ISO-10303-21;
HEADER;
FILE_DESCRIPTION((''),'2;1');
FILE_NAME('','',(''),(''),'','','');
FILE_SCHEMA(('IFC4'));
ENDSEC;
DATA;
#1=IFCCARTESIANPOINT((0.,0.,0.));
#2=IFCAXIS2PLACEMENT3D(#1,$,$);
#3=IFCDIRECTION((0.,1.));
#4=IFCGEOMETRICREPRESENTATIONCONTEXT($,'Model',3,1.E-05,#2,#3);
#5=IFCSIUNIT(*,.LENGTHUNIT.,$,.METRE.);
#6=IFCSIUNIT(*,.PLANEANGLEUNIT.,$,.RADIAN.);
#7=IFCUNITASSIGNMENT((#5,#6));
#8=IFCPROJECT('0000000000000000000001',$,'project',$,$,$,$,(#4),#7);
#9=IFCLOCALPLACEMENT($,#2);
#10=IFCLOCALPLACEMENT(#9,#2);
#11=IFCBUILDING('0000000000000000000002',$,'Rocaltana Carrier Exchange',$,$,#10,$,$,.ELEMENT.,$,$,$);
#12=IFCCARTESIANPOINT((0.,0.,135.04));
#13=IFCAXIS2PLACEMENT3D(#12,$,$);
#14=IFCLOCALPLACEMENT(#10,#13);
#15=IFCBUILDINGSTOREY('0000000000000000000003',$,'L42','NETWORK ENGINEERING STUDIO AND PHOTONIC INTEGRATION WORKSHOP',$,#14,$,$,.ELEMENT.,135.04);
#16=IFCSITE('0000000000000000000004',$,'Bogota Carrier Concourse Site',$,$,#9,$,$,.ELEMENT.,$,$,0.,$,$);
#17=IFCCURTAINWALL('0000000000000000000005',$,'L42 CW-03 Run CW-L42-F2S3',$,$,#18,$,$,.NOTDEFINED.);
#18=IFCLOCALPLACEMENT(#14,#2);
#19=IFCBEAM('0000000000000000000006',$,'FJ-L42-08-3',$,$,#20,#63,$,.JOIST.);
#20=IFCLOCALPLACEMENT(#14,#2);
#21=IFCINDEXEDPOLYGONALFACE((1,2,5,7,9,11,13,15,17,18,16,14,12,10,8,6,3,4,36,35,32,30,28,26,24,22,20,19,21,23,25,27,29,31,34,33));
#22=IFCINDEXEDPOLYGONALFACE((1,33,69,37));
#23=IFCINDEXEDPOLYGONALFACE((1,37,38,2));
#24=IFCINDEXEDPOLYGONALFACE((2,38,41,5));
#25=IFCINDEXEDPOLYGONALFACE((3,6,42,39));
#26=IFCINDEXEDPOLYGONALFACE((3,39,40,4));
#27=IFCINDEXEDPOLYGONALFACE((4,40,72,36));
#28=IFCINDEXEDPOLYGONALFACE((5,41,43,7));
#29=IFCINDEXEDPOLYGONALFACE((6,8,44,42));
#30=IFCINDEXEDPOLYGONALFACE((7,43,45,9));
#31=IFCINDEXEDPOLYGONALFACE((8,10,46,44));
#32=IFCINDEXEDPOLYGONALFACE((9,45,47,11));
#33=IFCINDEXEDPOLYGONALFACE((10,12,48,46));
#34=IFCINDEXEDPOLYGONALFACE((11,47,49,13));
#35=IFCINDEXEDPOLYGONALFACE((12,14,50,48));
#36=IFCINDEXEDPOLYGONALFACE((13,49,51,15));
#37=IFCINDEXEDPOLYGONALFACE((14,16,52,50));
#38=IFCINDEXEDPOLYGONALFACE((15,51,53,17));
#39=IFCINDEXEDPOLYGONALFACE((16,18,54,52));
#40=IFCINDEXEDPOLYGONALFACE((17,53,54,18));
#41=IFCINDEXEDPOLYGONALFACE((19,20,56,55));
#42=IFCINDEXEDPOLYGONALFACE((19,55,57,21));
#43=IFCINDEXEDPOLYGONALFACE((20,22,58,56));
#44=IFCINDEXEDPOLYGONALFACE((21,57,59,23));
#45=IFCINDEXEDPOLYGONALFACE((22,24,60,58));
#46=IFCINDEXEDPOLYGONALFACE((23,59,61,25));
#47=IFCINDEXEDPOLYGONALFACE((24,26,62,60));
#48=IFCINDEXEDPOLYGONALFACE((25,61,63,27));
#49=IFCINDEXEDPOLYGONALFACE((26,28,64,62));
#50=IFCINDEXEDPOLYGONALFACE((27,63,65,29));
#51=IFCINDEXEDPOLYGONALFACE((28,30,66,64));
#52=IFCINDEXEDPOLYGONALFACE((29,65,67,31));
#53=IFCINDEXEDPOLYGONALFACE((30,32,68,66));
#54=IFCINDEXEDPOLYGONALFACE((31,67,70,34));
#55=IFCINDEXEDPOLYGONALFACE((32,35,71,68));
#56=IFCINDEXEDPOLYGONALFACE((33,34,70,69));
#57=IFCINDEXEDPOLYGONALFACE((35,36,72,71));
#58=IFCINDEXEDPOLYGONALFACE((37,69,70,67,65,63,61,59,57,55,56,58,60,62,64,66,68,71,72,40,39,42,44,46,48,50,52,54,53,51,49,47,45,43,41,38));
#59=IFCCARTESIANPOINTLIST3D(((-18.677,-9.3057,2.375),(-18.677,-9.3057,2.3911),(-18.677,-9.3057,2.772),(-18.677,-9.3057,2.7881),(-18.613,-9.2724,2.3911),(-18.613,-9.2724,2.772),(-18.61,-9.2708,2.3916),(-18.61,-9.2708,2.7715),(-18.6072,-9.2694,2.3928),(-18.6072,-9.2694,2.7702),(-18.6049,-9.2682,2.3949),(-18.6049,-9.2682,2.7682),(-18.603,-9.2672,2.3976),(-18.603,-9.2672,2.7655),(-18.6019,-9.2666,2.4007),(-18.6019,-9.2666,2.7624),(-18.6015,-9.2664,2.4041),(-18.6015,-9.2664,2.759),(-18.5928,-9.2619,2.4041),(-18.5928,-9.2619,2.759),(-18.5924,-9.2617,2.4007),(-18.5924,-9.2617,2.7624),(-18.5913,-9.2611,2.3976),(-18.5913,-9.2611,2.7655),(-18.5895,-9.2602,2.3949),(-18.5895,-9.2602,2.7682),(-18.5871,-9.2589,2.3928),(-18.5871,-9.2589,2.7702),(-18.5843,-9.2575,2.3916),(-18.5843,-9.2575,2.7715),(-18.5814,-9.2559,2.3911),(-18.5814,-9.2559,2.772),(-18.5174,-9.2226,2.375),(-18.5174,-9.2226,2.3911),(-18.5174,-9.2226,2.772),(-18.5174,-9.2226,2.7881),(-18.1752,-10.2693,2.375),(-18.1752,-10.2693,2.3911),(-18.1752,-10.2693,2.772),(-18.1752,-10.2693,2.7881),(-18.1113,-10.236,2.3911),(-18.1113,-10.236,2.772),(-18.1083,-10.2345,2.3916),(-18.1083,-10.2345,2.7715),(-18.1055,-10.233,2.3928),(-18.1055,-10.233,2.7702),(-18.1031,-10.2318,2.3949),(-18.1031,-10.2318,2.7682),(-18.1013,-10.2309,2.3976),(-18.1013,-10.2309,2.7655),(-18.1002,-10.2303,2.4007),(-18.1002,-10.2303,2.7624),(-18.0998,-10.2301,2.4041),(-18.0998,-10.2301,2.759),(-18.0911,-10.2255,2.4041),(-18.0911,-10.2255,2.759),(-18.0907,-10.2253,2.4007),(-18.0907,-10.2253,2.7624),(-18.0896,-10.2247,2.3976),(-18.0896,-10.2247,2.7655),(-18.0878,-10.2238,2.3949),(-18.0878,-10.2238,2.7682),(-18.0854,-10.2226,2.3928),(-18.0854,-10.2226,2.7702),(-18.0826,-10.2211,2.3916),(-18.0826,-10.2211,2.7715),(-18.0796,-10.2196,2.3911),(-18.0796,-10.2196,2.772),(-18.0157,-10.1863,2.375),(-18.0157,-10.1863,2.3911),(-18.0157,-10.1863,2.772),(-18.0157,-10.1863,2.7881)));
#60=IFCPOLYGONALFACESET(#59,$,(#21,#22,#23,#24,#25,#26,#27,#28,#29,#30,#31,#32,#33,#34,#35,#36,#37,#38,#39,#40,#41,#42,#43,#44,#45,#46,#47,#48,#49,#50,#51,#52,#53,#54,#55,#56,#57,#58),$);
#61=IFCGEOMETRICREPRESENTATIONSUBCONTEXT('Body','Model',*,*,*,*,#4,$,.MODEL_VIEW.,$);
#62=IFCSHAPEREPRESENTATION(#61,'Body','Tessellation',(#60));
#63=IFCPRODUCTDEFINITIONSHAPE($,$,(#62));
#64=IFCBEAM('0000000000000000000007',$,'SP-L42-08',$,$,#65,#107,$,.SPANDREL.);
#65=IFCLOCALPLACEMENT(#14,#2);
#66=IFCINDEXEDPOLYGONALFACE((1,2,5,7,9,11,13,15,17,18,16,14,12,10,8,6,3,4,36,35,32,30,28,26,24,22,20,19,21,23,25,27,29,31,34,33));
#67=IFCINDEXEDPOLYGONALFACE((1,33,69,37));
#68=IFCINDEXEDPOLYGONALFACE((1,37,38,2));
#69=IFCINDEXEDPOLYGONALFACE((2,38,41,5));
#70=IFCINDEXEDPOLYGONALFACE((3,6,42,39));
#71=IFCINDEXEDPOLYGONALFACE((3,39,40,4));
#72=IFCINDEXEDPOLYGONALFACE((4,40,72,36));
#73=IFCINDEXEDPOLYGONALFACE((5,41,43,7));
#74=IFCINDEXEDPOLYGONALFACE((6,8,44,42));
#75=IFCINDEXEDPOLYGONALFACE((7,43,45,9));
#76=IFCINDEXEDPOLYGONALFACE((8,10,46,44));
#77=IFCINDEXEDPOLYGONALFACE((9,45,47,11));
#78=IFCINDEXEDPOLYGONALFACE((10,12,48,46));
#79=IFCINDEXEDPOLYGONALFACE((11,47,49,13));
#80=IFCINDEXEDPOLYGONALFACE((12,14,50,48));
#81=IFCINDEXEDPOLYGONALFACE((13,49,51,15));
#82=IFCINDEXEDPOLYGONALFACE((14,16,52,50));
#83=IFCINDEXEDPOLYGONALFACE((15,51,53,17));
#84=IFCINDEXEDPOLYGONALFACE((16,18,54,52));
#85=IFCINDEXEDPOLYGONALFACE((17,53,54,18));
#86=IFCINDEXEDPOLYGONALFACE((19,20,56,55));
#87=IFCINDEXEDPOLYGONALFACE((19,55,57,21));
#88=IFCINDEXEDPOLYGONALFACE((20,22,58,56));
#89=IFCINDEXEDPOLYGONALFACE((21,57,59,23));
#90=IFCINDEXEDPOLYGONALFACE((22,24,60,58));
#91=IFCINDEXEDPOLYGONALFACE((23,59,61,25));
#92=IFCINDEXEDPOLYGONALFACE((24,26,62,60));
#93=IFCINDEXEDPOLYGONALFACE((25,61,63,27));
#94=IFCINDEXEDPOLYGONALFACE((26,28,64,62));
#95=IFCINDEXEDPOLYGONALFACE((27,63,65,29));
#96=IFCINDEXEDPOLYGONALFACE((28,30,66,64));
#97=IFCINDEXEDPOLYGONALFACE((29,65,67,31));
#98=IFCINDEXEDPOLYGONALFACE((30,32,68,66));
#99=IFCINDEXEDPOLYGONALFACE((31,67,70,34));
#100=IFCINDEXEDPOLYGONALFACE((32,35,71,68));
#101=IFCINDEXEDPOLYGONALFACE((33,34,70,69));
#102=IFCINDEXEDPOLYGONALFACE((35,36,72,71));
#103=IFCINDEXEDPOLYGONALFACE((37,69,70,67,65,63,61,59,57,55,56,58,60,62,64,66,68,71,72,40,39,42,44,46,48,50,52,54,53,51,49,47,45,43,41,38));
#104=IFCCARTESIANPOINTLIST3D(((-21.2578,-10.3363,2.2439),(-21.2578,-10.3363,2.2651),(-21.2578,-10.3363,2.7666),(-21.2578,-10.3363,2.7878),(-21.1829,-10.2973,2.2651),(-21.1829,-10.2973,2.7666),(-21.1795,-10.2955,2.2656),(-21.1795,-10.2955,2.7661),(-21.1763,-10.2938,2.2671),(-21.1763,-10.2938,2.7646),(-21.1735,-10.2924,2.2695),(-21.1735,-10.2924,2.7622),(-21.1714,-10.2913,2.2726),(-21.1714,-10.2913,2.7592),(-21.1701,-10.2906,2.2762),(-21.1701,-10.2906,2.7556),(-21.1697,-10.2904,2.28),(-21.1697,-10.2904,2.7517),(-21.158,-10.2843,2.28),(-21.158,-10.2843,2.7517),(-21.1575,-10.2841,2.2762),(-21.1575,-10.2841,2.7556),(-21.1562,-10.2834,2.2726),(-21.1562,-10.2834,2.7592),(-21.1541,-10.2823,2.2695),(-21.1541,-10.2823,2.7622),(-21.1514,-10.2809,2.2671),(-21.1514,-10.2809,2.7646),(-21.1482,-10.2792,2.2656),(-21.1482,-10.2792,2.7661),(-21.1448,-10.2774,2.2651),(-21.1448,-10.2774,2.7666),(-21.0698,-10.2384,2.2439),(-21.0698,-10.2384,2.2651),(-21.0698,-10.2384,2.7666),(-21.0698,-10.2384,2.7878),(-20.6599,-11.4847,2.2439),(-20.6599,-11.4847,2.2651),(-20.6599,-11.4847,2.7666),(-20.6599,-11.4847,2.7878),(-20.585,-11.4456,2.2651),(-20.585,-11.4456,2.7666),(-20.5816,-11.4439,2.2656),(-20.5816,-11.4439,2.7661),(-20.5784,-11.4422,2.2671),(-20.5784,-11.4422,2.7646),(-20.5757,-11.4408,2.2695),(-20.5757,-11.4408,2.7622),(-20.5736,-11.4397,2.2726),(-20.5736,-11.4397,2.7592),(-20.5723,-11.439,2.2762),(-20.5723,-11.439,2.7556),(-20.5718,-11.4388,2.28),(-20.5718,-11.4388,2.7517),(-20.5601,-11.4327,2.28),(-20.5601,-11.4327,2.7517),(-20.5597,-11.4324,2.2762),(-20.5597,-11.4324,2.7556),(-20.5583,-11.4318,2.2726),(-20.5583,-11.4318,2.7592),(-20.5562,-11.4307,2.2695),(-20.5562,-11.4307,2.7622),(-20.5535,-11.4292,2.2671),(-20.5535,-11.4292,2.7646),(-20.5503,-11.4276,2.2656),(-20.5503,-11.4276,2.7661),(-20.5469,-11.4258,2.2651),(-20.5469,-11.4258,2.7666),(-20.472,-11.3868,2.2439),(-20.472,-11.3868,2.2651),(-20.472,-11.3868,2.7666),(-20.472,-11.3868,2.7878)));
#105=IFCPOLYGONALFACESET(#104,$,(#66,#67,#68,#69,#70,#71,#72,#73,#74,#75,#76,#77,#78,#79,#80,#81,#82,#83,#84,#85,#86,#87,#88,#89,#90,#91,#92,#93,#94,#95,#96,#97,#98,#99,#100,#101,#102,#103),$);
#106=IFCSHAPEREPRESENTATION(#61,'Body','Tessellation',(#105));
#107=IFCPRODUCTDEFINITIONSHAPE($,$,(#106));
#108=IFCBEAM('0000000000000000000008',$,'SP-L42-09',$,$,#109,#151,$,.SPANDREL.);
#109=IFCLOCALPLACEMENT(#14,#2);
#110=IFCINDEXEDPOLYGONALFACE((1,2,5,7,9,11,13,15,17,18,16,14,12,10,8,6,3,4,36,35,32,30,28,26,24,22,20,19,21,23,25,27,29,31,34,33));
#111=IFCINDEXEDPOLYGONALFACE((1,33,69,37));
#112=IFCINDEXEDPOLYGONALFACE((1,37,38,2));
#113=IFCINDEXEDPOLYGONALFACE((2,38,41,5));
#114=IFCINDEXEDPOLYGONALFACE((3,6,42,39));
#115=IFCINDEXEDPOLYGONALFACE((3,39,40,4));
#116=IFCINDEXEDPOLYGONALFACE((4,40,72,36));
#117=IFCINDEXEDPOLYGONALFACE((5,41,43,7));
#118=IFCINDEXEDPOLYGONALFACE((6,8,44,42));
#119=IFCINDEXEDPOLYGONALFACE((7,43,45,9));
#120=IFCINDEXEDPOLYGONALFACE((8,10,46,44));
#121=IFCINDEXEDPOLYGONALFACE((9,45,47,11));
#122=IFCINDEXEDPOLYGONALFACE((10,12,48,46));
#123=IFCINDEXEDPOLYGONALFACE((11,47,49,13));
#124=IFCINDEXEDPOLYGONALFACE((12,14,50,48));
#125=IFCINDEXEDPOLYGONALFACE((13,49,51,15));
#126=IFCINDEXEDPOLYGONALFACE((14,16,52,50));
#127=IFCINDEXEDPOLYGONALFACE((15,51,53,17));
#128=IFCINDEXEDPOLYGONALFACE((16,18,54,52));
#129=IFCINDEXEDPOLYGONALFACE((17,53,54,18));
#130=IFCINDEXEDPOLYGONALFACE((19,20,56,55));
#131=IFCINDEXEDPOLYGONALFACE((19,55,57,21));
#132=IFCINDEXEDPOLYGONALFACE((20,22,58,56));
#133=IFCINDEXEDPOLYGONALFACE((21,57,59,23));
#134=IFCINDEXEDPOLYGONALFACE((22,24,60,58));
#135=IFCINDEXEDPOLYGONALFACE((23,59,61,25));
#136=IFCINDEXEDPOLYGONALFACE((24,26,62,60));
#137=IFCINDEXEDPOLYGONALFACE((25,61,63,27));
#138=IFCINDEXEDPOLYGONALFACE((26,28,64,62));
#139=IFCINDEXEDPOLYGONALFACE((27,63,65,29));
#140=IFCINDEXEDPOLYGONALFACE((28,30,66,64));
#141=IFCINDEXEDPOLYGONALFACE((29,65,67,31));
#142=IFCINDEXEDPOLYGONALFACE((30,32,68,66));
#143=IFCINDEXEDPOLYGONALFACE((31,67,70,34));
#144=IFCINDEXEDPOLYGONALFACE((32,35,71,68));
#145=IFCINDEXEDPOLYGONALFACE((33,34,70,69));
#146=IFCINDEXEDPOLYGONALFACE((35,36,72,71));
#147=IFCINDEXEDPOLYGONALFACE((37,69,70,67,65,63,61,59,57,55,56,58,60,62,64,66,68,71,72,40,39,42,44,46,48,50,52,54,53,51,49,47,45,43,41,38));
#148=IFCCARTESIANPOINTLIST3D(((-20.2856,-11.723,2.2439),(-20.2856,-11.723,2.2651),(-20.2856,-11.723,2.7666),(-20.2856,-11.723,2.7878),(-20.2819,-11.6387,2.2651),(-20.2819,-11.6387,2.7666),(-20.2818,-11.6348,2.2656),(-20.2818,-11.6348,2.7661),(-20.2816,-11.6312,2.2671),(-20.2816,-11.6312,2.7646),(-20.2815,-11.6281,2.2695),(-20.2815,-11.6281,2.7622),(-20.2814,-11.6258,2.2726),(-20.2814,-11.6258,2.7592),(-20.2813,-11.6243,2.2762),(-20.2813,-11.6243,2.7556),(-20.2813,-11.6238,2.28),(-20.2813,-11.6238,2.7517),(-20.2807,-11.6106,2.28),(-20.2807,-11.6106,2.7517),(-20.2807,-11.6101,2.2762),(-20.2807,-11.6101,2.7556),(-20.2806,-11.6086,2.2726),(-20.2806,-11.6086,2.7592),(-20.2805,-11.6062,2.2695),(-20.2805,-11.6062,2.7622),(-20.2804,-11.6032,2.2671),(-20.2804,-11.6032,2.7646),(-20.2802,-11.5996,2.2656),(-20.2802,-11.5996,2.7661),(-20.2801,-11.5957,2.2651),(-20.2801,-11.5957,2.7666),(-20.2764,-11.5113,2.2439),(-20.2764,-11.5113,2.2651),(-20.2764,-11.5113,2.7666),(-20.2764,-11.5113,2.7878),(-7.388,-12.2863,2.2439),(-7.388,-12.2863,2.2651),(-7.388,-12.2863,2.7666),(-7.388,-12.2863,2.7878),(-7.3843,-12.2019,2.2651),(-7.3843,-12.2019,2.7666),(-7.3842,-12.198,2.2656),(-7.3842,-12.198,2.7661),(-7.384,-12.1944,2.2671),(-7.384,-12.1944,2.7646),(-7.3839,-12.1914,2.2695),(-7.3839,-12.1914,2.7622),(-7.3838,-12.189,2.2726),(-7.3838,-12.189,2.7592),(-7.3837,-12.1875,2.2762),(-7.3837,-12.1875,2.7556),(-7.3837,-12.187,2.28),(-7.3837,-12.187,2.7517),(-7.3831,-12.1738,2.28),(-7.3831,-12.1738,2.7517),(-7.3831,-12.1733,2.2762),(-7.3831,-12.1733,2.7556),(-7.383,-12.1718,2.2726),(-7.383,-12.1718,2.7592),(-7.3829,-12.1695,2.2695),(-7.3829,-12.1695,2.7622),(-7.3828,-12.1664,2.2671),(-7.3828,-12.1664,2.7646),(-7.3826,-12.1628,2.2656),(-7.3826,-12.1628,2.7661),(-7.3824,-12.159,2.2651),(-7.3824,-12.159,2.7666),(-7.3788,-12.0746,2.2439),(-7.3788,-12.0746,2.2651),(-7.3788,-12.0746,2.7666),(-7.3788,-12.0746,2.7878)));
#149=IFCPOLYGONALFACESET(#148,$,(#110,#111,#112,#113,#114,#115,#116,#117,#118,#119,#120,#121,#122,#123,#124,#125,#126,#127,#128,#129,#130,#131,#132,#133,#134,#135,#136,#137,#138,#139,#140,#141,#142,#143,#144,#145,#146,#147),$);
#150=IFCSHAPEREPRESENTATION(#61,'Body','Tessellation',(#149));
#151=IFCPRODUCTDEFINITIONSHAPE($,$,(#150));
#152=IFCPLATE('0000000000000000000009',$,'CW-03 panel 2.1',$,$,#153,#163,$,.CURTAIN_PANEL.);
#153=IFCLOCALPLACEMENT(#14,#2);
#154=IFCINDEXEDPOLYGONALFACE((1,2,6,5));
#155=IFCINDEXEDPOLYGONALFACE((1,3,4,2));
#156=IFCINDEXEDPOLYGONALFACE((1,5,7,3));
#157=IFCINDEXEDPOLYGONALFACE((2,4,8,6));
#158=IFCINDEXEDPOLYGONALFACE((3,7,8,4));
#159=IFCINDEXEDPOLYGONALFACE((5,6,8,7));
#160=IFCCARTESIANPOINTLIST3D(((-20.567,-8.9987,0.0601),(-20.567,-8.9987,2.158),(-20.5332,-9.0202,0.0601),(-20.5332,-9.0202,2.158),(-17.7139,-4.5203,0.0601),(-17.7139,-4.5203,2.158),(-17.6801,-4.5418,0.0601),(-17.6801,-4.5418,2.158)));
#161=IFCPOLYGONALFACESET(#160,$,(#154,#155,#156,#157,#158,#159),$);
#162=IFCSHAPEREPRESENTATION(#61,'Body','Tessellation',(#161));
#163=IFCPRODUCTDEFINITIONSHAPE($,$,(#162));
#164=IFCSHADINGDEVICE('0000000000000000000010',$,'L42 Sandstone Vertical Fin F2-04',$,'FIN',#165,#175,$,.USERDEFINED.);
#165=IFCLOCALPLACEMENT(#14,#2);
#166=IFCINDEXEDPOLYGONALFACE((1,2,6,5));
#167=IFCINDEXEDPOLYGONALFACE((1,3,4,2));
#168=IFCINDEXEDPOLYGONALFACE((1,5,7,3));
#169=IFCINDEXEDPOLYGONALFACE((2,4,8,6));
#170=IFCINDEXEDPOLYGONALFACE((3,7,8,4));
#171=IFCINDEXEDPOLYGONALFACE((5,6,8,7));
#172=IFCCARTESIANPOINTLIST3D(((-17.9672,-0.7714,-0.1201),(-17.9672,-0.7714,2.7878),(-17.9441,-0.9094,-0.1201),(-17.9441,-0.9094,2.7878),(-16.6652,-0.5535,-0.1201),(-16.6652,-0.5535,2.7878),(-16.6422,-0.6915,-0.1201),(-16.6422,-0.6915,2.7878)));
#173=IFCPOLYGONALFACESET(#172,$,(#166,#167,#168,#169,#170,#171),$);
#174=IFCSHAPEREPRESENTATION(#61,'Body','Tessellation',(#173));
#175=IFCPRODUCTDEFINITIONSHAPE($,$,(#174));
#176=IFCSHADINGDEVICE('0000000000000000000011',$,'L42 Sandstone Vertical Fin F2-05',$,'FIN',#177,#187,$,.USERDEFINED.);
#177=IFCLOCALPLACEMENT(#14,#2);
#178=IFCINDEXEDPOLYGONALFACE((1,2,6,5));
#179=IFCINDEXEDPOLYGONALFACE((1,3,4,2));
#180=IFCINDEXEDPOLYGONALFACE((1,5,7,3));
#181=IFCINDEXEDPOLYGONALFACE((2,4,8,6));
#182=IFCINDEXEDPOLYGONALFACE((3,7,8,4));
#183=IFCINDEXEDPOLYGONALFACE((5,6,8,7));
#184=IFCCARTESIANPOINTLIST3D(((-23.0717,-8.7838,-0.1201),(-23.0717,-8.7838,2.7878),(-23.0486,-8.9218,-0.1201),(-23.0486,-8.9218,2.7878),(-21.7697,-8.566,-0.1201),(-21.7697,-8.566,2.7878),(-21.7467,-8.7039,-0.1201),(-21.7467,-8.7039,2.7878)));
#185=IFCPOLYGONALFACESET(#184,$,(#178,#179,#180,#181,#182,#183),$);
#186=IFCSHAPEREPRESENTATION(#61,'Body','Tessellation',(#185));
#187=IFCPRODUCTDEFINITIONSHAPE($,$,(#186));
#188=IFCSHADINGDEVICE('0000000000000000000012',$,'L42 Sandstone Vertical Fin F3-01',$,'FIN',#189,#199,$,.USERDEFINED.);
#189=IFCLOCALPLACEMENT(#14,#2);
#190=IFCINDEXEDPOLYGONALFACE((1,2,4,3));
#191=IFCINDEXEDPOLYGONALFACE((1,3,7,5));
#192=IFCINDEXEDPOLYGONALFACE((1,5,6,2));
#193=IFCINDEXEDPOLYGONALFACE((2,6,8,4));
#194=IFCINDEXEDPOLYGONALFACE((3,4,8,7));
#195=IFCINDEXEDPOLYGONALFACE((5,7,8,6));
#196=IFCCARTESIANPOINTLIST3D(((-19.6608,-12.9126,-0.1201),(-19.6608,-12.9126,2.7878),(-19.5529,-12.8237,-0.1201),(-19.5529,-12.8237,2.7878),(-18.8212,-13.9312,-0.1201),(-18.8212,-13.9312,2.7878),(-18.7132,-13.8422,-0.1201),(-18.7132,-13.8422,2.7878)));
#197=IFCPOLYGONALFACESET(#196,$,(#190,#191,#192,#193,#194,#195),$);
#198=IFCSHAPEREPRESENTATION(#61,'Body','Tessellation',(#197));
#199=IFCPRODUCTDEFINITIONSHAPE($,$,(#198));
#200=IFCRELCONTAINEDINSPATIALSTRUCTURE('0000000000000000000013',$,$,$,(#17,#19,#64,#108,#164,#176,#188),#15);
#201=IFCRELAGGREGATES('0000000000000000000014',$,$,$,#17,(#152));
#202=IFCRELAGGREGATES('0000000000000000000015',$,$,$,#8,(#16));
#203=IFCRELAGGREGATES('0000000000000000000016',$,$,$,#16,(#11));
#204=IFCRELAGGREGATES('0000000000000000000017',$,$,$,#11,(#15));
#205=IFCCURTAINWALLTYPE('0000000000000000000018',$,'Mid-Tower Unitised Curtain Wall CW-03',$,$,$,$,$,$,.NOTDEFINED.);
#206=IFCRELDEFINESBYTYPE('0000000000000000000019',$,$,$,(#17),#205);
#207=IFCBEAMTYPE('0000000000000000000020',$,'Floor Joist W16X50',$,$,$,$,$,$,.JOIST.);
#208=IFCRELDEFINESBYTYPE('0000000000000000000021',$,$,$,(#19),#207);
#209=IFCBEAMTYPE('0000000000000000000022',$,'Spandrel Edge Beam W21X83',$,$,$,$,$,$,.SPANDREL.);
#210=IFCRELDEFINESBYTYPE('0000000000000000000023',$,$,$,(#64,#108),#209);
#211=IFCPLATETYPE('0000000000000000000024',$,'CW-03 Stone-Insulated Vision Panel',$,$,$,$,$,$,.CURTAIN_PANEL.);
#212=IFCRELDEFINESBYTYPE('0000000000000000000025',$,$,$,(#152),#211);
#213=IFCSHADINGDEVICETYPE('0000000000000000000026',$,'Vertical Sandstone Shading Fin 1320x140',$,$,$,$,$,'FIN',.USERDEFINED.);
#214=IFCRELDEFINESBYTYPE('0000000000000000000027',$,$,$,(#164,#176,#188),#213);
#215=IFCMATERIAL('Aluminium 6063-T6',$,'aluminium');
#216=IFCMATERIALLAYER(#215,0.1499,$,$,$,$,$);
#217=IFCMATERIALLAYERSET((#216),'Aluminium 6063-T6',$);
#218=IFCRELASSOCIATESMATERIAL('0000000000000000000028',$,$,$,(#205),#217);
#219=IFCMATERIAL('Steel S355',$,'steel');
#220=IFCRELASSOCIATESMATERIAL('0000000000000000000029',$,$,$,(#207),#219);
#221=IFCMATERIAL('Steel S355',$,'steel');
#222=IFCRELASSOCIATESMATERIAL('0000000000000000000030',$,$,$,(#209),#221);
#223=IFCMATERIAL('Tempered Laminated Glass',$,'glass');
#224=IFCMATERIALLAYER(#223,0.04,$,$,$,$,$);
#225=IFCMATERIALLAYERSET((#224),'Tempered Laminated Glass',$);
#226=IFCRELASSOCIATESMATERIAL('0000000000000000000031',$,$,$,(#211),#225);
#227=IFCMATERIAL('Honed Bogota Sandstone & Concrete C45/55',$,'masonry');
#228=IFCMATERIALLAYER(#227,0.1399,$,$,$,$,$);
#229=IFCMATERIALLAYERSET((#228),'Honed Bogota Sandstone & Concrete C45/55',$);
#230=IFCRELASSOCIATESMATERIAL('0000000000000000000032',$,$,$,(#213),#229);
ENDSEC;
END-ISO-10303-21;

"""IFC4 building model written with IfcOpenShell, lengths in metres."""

from ifc_helpers import new_model, si_unit, direction, frame, origin, origin_2d, place, context, subcontext, project, spatial, rectangle, i_section, extrude, material, layer, layer_set, material_profile, profile_set, type_object, element, aggregate, save


model = new_model("IFC4")

# Units and contexts
model_context = context("Model", 3, precision=1e-05, world=origin(), true_north=direction((0.0, 1.0)))
body_context = subcontext(model_context, "Body", "Model", "MODEL_VIEW")
ifc_project = project(units=[si_unit("LENGTHUNIT", "METRE"), si_unit("PLANEANGLEUNIT", "RADIAN")], contexts=[model_context])

# Site, building, storey
site_placement = place(None, origin())
site = spatial("IfcSite", under=ifc_project, at=site_placement, Name="Bogota Carrier Concourse Site", CompositionType="ELEMENT", RefElevation=0.0)
building_placement = place(site_placement, origin())
building = spatial("IfcBuilding", under=site, at=building_placement, Name="Rocaltana Carrier Exchange", CompositionType="ELEMENT")
storey_placement = place(building_placement, frame((0.0, 0.0, 135.04)))
storey = spatial("IfcBuildingStorey", under=building, at=storey_placement, Name="L42", Description="NETWORK ENGINEERING STUDIO AND PHOTONIC INTEGRATION WORKSHOP", CompositionType="ELEMENT", Elevation=135.04)

# Curtain wall
ifc_material_1 = material(Name="Aluminium 6063-T6", Category="aluminium")
ifc_layer_1 = layer(ifc_material_1, 0.1499)
ifc_layer_set_1 = layer_set([ifc_layer_1], Name="Aluminium 6063-T6")
curtain_wall_type = type_object("IfcCurtainWallType", Name="Mid-Tower Unitised Curtain Wall CW-03", PredefinedType="NOTDEFINED", material=ifc_layer_set_1)
curtain_wall_1_placement = place(storey_placement, origin())
curtain_wall_1 = element("IfcCurtainWall", 1, at=curtain_wall_1_placement, inside=storey, type_object=curtain_wall_type, Name="L42 CW-03 Run CW-L42-F2S3", PredefinedType="NOTDEFINED")

# Beams
ifc_material_2 = material(Name="Steel S355", Category="steel")
ifc_material_profile_1 = material_profile(ifc_material_2, i_section(OverallWidth=0.1799, OverallDepth=0.4131, WebThickness=0.0098, FlangeThickness=0.0161, FilletRadius=0.0129, at=origin_2d()), Name="W16X50")
ifc_profile_set_1 = profile_set([ifc_material_profile_1], Name="Steel S355")
beam_type_1 = type_object("IfcBeamType", Name="Floor Joist W16X50", PredefinedType="JOIST", material=ifc_profile_set_1)
beam_1_placement = place(storey_placement, frame((-18.5972, -9.2642, 2.5815), z_axis=(0.461806, -0.886981, 0.0), x_axis=(0.886981, 0.461806, 0.0)))
element("IfcBeam", 2, at=beam_1_placement, inside=storey, type_object=beam_type_1, Name="FJ-L42-08-3", PredefinedType="JOIST", context=body_context, shape_type="SweptSolid", body=[
    extrude(i_section(OverallWidth=0.1799, OverallDepth=0.4131, WebThickness=0.0098, FlangeThickness=0.0161, FilletRadius=0.0129, at=origin_2d()), origin(), (0.0, 0.0, 1.0), 1.0864),
])
ifc_material_3 = material(Name="Steel S355", Category="steel")
ifc_material_profile_2 = material_profile(ifc_material_3, i_section(OverallWidth=0.2119, OverallDepth=0.5439, WebThickness=0.0132, FlangeThickness=0.0212, FilletRadius=0.0149, at=origin_2d()), Name="W21X83")
ifc_profile_set_2 = profile_set([ifc_material_profile_2], Name="Steel S355")
beam_type_2 = type_object("IfcBeamType", Name="Spandrel Edge Beam W21X83", PredefinedType="SPANDREL", material=ifc_profile_set_2)
beam_2_placement = place(storey_placement, frame((-21.1638, -10.2874, 2.5159), z_axis=(0.461786, -0.886991, 0.0), x_axis=(0.886991, 0.461786, 0.0)))
element("IfcBeam", 3, at=beam_2_placement, inside=storey, type_object=beam_type_2, Name="SP-L42-08", PredefinedType="SPANDREL", context=body_context, shape_type="SweptSolid", body=[
    extrude(i_section(OverallWidth=0.2119, OverallDepth=0.5439, WebThickness=0.0132, FlangeThickness=0.0212, FilletRadius=0.0149, at=origin_2d()), origin(), (0.0, 0.0, 1.0), 1.2947),
])
beam_3_placement = place(storey_placement, frame((-20.281, -11.6172, 2.5159), z_axis=(0.999048, -0.043628, 0.0), x_axis=(0.043628, 0.999048, 0.0)))
element("IfcBeam", 4, at=beam_3_placement, inside=storey, type_object=beam_type_2, Name="SP-L42-09", PredefinedType="SPANDREL", context=body_context, shape_type="SweptSolid", body=[
    extrude(i_section(OverallWidth=0.2119, OverallDepth=0.5439, WebThickness=0.0132, FlangeThickness=0.0212, FilletRadius=0.0149, at=origin_2d()), origin(), (0.0, 0.0, 1.0), 12.9099),
])

# Plate
ifc_material_4 = material(Name="Tempered Laminated Glass", Category="glass")
ifc_layer_2 = layer(ifc_material_4, 0.04)
ifc_layer_set_2 = layer_set([ifc_layer_2], Name="Tempered Laminated Glass")
plate_type = type_object("IfcPlateType", Name="CW-03 Stone-Insulated Vision Panel", PredefinedType="CURTAIN_PANEL", material=ifc_layer_set_2)
plate_placement = place(storey_placement, frame((-19.1235, -6.7703, 0.0601), z_axis=(0.0, 0.0, 1.0), x_axis=(-0.537301, -0.843391, 0.0)))
plate = element("IfcPlate", 5, at=plate_placement, type_object=plate_type, Name="CW-03 panel 2.1", PredefinedType="CURTAIN_PANEL", context=body_context, shape_type="SweptSolid", body=[
    extrude(rectangle(XDim=5.3101, YDim=0.04, at=origin_2d()), origin(), (0.0, 0.0, 1.0), 2.0979),
])
aggregate(curtain_wall_1, [plate])

# Shading devices
ifc_material_5 = material(Name="Honed Bogota Sandstone & Concrete C45/55", Category="masonry")
ifc_layer_3 = layer(ifc_material_5, 0.1399)
ifc_layer_set_3 = layer_set([ifc_layer_3], Name="Honed Bogota Sandstone & Concrete C45/55")
shading_device_type = type_object("IfcShadingDeviceType", Name="Vertical Sandstone Shading Fin 1320x140", ElementType="FIN", PredefinedType="USERDEFINED", material=ifc_layer_set_3)
for number, where, z_axis, x_axis, name in (
    (6, (-17.3047, -0.7314, -0.1201), (0.0, 0.0, 1.0), (-0.986286, -0.165048, 0.0), "L42 Sandstone Vertical Fin F2-04"),
    (7, (-22.4092, -8.7439, -0.1201), (0.0, 0.0, 1.0), (-0.986286, -0.165048, 0.0), "L42 Sandstone Vertical Fin F2-05"),
    (8, (-19.187, -13.3774, -0.1201), (0.0, 0.0, 1.0), (0.636078, -0.771625, 0.0), "L42 Sandstone Vertical Fin F3-01"),
):
    element("IfcShadingDevice", number, at=place(storey_placement, frame(where, z_axis=z_axis, x_axis=x_axis)), inside=storey, type_object=shading_device_type, Name=name, ObjectType="FIN", PredefinedType="USERDEFINED", context=body_context, shape_type="SweptSolid", body=[
        extrude(rectangle(XDim=1.3201, YDim=0.1399, at=origin_2d()), origin(), (0.0, 0.0, 1.0), 2.908),
    ])

save(model, "model.ifc")
